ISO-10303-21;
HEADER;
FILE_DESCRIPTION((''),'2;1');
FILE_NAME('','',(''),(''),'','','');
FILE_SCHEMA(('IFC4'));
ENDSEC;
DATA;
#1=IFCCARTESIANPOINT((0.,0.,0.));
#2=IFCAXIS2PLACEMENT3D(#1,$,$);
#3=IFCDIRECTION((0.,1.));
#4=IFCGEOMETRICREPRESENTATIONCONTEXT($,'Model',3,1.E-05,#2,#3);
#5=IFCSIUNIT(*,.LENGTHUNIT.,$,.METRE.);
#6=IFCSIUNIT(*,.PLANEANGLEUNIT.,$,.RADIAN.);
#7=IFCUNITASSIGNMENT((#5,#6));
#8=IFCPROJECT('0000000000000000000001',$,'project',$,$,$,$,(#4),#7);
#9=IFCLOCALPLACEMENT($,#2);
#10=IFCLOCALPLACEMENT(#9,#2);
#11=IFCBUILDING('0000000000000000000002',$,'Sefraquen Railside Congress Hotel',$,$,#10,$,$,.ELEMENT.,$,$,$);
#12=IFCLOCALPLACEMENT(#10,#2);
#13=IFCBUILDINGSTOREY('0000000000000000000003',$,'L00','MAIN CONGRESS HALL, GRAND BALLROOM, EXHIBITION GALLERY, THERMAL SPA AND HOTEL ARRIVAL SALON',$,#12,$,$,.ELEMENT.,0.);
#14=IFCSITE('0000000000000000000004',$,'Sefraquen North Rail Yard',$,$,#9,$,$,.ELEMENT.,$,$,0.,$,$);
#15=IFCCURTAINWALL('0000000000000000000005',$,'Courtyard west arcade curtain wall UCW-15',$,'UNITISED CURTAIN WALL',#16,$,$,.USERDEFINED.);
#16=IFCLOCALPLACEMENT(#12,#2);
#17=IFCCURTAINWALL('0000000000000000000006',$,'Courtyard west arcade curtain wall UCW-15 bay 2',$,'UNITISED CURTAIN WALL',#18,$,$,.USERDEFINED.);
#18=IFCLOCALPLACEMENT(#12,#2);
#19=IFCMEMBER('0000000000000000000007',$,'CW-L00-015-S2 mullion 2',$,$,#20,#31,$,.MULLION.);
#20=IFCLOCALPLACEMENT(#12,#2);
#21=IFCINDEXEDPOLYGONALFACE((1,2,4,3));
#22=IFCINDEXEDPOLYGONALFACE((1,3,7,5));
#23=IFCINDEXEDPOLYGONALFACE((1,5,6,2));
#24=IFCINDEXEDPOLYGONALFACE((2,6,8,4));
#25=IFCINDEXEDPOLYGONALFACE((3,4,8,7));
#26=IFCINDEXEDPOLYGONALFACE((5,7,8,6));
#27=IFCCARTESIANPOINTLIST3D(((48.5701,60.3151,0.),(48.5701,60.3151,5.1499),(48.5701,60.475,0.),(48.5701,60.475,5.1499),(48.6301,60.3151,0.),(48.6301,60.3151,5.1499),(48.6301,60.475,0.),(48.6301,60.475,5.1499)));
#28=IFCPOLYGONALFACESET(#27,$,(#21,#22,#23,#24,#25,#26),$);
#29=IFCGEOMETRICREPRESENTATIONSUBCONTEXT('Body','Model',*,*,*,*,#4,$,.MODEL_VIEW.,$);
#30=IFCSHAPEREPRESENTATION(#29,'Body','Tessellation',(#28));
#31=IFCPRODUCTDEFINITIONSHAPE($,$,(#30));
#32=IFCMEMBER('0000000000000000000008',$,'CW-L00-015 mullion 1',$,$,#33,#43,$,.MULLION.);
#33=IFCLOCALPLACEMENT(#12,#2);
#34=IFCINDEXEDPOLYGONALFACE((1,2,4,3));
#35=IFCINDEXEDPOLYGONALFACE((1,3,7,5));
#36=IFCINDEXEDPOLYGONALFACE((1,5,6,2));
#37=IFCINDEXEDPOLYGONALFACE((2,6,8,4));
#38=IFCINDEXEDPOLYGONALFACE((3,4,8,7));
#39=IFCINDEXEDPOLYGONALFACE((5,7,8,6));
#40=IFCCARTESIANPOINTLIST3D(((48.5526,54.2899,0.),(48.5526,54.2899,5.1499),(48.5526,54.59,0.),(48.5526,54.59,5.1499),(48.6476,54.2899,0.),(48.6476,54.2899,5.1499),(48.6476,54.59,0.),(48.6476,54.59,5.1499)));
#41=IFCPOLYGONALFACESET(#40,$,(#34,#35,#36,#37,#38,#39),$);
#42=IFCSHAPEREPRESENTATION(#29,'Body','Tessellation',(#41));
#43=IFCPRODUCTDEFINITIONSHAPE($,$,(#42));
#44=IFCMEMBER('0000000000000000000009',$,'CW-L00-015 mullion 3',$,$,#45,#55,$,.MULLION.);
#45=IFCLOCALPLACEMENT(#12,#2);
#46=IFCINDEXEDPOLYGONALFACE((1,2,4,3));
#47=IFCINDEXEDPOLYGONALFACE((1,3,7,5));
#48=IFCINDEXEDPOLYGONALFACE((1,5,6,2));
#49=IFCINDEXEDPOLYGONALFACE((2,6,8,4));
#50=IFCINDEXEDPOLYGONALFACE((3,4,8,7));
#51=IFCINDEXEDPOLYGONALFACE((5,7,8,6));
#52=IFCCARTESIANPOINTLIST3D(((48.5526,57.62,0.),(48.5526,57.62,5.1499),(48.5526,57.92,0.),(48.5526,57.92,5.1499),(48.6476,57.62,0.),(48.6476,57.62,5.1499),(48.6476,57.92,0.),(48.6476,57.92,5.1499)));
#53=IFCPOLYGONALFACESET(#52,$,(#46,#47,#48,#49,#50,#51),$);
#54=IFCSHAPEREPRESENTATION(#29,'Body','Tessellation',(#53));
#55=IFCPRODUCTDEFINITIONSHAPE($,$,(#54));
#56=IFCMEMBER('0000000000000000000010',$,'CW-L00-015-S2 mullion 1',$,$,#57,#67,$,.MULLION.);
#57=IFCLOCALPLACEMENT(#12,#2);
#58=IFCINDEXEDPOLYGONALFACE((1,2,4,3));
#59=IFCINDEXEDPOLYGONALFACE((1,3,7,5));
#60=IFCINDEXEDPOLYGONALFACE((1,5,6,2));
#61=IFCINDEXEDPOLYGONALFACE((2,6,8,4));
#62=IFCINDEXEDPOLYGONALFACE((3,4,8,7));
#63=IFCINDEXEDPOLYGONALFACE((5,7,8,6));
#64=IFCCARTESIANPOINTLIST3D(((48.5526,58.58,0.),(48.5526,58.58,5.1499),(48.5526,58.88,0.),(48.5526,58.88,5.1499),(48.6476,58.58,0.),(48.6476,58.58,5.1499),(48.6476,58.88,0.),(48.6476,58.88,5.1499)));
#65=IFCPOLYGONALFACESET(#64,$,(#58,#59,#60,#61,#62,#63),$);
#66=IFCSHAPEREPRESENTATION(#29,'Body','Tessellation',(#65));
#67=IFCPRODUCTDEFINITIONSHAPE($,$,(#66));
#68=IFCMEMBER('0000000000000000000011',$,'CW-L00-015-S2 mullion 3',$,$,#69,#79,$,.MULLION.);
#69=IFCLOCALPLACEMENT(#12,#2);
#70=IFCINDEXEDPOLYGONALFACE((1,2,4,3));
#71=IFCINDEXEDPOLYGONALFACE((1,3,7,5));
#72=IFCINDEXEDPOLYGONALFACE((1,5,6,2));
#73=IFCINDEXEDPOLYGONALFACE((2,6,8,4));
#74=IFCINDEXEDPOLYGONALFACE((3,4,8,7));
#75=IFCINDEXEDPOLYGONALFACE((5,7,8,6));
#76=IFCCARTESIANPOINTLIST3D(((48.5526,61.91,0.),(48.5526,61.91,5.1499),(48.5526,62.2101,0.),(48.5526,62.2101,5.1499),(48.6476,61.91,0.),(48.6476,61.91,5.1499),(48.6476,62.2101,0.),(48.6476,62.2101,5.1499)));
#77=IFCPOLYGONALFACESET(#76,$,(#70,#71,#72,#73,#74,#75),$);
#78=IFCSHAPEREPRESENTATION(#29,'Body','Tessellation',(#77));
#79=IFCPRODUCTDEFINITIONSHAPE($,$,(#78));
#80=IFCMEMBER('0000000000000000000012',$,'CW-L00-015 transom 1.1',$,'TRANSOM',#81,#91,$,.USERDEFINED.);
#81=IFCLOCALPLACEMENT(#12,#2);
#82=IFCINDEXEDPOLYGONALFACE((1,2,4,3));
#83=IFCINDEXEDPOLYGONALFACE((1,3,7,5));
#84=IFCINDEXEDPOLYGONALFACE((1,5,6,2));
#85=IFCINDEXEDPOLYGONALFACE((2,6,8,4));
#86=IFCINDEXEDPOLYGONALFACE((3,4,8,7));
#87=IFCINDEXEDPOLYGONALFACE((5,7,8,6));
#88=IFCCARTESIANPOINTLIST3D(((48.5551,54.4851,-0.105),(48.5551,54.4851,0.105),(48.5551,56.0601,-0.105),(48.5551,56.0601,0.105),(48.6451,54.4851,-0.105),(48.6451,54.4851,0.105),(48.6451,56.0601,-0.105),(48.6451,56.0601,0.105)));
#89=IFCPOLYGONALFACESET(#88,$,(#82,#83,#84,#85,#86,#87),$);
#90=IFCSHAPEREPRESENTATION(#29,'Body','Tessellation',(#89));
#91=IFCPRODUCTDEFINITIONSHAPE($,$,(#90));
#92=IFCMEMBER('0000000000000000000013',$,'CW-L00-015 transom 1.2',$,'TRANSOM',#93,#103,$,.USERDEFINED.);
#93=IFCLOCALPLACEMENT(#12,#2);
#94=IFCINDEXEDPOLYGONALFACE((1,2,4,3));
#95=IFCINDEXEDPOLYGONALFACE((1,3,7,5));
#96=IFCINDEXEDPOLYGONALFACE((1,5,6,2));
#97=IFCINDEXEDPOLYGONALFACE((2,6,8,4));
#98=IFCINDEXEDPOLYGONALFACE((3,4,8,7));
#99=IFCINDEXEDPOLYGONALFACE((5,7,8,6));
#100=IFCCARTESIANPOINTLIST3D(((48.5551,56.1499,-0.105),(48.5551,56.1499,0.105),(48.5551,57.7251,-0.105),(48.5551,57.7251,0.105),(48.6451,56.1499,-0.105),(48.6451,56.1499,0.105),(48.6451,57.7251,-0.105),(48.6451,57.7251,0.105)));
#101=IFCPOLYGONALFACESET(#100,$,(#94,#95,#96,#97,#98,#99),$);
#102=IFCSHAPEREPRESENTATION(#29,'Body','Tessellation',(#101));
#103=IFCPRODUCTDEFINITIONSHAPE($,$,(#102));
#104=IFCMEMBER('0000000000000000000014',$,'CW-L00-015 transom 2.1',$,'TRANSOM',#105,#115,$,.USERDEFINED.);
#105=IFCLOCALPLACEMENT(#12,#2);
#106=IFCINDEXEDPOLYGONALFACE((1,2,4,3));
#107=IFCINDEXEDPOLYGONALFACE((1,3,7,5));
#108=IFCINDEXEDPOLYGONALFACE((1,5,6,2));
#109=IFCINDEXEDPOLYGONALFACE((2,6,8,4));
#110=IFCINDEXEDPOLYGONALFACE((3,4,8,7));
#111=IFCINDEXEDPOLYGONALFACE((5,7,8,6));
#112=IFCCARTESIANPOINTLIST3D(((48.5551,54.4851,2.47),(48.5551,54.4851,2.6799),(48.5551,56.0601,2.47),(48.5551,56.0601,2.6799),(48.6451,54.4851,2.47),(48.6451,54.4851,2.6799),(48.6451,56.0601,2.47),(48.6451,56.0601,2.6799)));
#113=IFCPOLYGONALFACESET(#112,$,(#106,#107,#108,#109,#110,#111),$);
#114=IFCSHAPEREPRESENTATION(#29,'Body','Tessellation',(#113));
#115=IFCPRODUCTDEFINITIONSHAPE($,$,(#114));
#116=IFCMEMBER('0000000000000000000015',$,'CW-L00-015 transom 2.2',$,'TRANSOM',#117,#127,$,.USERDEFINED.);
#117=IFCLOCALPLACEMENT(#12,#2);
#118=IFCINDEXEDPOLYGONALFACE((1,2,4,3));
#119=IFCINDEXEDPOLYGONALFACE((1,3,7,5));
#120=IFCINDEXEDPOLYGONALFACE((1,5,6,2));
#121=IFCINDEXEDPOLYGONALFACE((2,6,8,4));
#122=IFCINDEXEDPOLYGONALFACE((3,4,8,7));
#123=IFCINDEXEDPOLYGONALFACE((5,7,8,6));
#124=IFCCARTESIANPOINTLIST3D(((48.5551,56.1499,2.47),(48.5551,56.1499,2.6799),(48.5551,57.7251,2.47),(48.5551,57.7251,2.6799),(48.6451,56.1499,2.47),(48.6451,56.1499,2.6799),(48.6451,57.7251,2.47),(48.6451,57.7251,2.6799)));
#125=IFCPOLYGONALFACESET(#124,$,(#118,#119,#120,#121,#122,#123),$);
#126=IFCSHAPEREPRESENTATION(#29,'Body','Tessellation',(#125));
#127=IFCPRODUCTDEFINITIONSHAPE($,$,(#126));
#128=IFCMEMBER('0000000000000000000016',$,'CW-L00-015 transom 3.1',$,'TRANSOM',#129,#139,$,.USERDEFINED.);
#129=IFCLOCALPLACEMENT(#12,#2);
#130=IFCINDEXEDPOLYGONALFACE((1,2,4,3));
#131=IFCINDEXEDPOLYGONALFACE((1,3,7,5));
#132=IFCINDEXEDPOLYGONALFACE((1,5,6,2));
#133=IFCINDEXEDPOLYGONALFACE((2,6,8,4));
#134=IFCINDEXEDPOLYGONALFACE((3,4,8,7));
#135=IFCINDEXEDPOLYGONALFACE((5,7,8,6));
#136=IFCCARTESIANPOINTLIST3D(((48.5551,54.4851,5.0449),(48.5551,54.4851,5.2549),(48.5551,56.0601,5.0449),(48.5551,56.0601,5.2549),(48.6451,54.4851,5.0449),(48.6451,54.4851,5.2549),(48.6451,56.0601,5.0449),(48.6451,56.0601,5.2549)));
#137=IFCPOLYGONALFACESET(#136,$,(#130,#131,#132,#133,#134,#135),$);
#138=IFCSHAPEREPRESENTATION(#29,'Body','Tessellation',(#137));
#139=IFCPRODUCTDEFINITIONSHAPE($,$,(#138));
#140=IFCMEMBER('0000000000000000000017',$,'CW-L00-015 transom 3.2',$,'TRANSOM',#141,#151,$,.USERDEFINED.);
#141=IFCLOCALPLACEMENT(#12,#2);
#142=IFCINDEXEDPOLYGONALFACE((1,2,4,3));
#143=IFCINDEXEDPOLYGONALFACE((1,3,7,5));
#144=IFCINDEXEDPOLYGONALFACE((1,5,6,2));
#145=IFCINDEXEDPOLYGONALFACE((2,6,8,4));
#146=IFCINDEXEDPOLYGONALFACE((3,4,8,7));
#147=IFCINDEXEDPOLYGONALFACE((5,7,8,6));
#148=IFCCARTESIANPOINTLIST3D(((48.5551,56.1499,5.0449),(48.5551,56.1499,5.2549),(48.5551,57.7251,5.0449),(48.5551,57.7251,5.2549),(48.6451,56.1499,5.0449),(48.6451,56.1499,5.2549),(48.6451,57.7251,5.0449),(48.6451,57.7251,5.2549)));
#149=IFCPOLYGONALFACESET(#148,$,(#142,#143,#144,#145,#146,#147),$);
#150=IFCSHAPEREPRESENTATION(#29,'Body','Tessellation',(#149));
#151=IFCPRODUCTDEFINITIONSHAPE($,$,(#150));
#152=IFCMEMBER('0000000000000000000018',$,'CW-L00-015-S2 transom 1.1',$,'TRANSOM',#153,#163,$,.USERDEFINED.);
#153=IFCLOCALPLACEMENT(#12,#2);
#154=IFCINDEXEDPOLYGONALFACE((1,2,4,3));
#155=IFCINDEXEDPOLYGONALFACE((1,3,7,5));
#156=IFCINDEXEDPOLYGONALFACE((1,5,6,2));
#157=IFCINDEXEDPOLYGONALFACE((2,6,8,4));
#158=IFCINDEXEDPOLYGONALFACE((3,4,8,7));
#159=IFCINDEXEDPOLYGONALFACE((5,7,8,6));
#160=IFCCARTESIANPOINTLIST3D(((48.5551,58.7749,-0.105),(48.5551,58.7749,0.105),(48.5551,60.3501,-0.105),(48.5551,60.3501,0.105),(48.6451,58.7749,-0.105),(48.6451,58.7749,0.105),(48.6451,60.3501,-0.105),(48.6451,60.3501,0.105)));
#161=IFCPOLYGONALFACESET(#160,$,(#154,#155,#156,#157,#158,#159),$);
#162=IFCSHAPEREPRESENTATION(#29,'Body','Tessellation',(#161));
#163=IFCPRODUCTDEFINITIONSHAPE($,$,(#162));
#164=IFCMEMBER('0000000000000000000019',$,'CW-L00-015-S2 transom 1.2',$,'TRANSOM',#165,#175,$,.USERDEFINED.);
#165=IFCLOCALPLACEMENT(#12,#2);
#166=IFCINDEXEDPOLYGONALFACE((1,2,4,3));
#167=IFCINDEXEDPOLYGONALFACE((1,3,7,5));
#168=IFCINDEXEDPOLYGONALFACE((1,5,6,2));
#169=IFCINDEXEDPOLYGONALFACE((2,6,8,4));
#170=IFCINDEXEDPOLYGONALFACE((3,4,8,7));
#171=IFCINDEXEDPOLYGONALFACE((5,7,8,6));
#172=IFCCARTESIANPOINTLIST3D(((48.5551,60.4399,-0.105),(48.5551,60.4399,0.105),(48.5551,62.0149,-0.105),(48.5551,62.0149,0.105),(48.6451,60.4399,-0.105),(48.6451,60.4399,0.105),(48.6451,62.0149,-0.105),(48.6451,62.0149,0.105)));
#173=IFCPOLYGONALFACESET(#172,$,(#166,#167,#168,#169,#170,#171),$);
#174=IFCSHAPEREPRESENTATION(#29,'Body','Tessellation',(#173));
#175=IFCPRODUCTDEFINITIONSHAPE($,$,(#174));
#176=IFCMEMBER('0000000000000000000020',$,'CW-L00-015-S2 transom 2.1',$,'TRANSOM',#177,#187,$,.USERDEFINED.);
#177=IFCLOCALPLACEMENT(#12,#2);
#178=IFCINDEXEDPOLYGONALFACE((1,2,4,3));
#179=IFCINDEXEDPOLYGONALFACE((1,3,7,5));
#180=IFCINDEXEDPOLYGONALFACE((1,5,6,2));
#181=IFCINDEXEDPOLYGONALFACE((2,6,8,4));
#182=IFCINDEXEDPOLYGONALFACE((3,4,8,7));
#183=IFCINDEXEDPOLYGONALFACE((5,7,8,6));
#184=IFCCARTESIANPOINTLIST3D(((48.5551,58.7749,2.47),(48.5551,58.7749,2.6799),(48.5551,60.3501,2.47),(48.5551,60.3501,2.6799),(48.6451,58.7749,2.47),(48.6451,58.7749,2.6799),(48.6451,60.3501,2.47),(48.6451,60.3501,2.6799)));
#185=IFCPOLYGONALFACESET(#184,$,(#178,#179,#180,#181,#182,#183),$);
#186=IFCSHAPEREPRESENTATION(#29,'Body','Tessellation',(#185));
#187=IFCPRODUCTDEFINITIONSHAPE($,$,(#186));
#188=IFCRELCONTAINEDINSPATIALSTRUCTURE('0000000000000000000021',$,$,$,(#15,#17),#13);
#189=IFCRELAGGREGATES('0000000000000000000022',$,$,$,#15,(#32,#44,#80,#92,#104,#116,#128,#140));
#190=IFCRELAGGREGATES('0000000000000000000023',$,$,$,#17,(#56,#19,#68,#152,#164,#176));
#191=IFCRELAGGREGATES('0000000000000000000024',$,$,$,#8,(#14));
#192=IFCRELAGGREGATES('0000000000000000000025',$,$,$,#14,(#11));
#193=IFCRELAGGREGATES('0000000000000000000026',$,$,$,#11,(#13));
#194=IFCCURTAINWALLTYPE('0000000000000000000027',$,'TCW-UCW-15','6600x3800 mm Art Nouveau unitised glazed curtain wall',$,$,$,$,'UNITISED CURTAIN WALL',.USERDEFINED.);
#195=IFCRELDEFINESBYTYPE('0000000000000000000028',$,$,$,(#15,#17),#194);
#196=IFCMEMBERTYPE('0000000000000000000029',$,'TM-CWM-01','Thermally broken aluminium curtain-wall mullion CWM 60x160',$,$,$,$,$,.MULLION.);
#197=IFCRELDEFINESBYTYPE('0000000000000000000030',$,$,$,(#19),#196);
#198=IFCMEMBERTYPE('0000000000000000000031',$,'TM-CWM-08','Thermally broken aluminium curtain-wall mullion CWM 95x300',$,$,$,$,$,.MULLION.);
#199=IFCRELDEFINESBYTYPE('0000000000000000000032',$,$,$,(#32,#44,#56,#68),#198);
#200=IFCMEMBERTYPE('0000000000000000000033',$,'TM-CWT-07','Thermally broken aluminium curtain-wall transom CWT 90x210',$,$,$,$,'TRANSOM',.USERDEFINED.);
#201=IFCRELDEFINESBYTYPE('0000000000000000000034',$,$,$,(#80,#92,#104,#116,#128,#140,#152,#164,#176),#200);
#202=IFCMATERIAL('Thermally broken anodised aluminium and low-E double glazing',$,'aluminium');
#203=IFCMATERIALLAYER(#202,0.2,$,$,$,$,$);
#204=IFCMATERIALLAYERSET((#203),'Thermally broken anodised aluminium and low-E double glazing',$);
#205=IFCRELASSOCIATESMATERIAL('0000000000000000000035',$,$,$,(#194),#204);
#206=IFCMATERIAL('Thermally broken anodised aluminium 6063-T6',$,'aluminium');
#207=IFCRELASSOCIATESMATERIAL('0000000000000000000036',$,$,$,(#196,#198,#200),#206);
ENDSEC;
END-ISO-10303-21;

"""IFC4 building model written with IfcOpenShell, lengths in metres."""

from ifc_helpers import new_model, si_unit, direction, frame, origin, origin_2d, place, context, subcontext, project, spatial, rectangle, extrude, material, layer, layer_set, material_profile, profile_set, type_object, element, aggregate, save


model = new_model("IFC4")

# Units and contexts
model_context = context("Model", 3, precision=1e-05, world=origin(), true_north=direction((0.0, 1.0)))
body_context = subcontext(model_context, "Body", "Model", "MODEL_VIEW")
ifc_project = project(units=[si_unit("LENGTHUNIT", "METRE"), si_unit("PLANEANGLEUNIT", "RADIAN")], contexts=[model_context])

# Site, building, storey
site_placement = place(None, origin())
site = spatial("IfcSite", under=ifc_project, at=site_placement, Name="Sefraquen North Rail Yard", CompositionType="ELEMENT", RefElevation=0.0)
building_placement = place(site_placement, origin())
building = spatial("IfcBuilding", under=site, at=building_placement, Name="Sefraquen Railside Congress Hotel", CompositionType="ELEMENT")
storey_placement = place(building_placement, origin())
storey = spatial("IfcBuildingStorey", under=building, at=storey_placement, Name="L00", Description="MAIN CONGRESS HALL, GRAND BALLROOM, EXHIBITION GALLERY, THERMAL SPA AND HOTEL ARRIVAL SALON", CompositionType="ELEMENT", Elevation=0.0)

# Curtain walls, member
ifc_material_1 = material(Name="Thermally broken anodised aluminium and low-E double glazing", Category="aluminium")
ifc_layer_1 = layer(ifc_material_1, 0.2)
ifc_layer_set_1 = layer_set([ifc_layer_1], Name="Thermally broken anodised aluminium and low-E double glazing")
curtain_wall_type = type_object("IfcCurtainWallType", Name="TCW-UCW-15", Description="6600x3800 mm Art Nouveau unitised glazed curtain wall", ElementType="UNITISED CURTAIN WALL", PredefinedType="USERDEFINED", material=ifc_layer_set_1)
curtain_wall_1_placement = place(storey_placement, origin())
curtain_wall_1 = element("IfcCurtainWall", 1, at=curtain_wall_1_placement, inside=storey, type_object=curtain_wall_type, Name="Courtyard west arcade curtain wall UCW-15", ObjectType="UNITISED CURTAIN WALL", PredefinedType="USERDEFINED")
ifc_material_2 = material(Name="Thermally broken anodised aluminium 6063-T6", Category="aluminium")
ifc_material_profile_1 = material_profile(ifc_material_2, rectangle(XDim=0.0601, YDim=0.1599, at=origin_2d()), Name="CWM 60x160")
ifc_profile_set_1 = profile_set([ifc_material_profile_1], Name="Thermally broken anodised aluminium 6063-T6")
member_type_1 = type_object("IfcMemberType", Name="TM-CWM-01", Description="Thermally broken aluminium curtain-wall mullion CWM 60x160", PredefinedType="MULLION", material=ifc_profile_set_1)
curtain_wall_2_placement = place(storey_placement, origin())
curtain_wall_2 = element("IfcCurtainWall", 2, at=curtain_wall_2_placement, inside=storey, type_object=curtain_wall_type, Name="Courtyard west arcade curtain wall UCW-15 bay 2", ObjectType="UNITISED CURTAIN WALL", PredefinedType="USERDEFINED")
member_1_placement = place(storey_placement, frame((48.6001, 60.395, 0.0), z_axis=(0.0, 0.0, 1.0), x_axis=(1.0, 0.0, 0.0)))
member_1 = element("IfcMember", 3, at=member_1_placement, type_object=member_type_1, Name="CW-L00-015-S2 mullion 2", PredefinedType="MULLION", context=body_context, shape_type="SweptSolid", body=[
    extrude(rectangle(XDim=0.0601, YDim=0.1599, at=origin_2d()), origin(), (0.0, 0.0, 1.0), 5.1499),
])

# Members
ifc_material_profile_2 = material_profile(ifc_material_2, rectangle(XDim=0.095, YDim=0.3, at=origin_2d()), Name="CWM 95x300")
ifc_profile_set_2 = profile_set([ifc_material_profile_2], Name="Thermally broken anodised aluminium 6063-T6")
member_type_2 = type_object("IfcMemberType", Name="TM-CWM-08", Description="Thermally broken aluminium curtain-wall mullion CWM 95x300", PredefinedType="MULLION", material=ifc_profile_set_2)
member_2_placement = place(storey_placement, frame((48.6001, 54.4399, 0.0), z_axis=(0.0, 0.0, 1.0), x_axis=(1.0, 0.0, 0.0)))
member_2 = element("IfcMember", 4, at=member_2_placement, type_object=member_type_2, Name="CW-L00-015 mullion 1", PredefinedType="MULLION", context=body_context, shape_type="SweptSolid", body=[
    extrude(rectangle(XDim=0.095, YDim=0.3, at=origin_2d()), origin(), (0.0, 0.0, 1.0), 5.1499),
])
member_3_placement = place(storey_placement, frame((48.6001, 57.77, 0.0), z_axis=(0.0, 0.0, 1.0), x_axis=(1.0, 0.0, 0.0)))
member_3 = element("IfcMember", 5, at=member_3_placement, type_object=member_type_2, Name="CW-L00-015 mullion 3", PredefinedType="MULLION", context=body_context, shape_type="SweptSolid", body=[
    extrude(rectangle(XDim=0.095, YDim=0.3, at=origin_2d()), origin(), (0.0, 0.0, 1.0), 5.1499),
])
member_4_placement = place(storey_placement, frame((48.6001, 58.73, 0.0), z_axis=(0.0, 0.0, 1.0), x_axis=(1.0, 0.0, 0.0)))
member_4 = element("IfcMember", 6, at=member_4_placement, type_object=member_type_2, Name="CW-L00-015-S2 mullion 1", PredefinedType="MULLION", context=body_context, shape_type="SweptSolid", body=[
    extrude(rectangle(XDim=0.095, YDim=0.3, at=origin_2d()), origin(), (0.0, 0.0, 1.0), 5.1499),
])
member_5_placement = place(storey_placement, frame((48.6001, 62.0601, 0.0), z_axis=(0.0, 0.0, 1.0), x_axis=(1.0, 0.0, 0.0)))
member_5 = element("IfcMember", 7, at=member_5_placement, type_object=member_type_2, Name="CW-L00-015-S2 mullion 3", PredefinedType="MULLION", context=body_context, shape_type="SweptSolid", body=[
    extrude(rectangle(XDim=0.095, YDim=0.3, at=origin_2d()), origin(), (0.0, 0.0, 1.0), 5.1499),
])
ifc_material_profile_3 = material_profile(ifc_material_2, rectangle(XDim=0.0901, YDim=0.21, at=origin_2d()), Name="CWT 90x210")
ifc_profile_set_3 = profile_set([ifc_material_profile_3], Name="Thermally broken anodised aluminium 6063-T6")
member_type_3 = type_object("IfcMemberType", Name="TM-CWT-07", Description="Thermally broken aluminium curtain-wall transom CWT 90x210", ElementType="TRANSOM", PredefinedType="USERDEFINED", material=ifc_profile_set_3)
member_6_placement = place(storey_placement, frame((48.6001, 54.4851, 0.0), z_axis=(0.0, 1.0, 0.0), x_axis=(-1.0, 0.0, 0.0)))
member_6 = element("IfcMember", 8, at=member_6_placement, type_object=member_type_3, Name="CW-L00-015 transom 1.1", ObjectType="TRANSOM", PredefinedType="USERDEFINED", context=body_context, shape_type="SweptSolid", body=[
    extrude(rectangle(XDim=0.0901, YDim=0.21, at=origin_2d()), origin(), (0.0, 0.0, 1.0), 1.575),
])
member_7_placement = place(storey_placement, frame((48.6001, 56.1499, 0.0), z_axis=(0.0, 1.0, 0.0), x_axis=(-1.0, 0.0, 0.0)))
member_7 = element("IfcMember", 9, at=member_7_placement, type_object=member_type_3, Name="CW-L00-015 transom 1.2", ObjectType="TRANSOM", PredefinedType="USERDEFINED", context=body_context, shape_type="SweptSolid", body=[
    extrude(rectangle(XDim=0.0901, YDim=0.21, at=origin_2d()), origin(), (0.0, 0.0, 1.0), 1.5752),
])
member_8_placement = place(storey_placement, frame((48.6001, 54.4851, 2.575), z_axis=(0.0, 1.0, 0.0), x_axis=(-1.0, 0.0, 0.0)))
member_8 = element("IfcMember", 10, at=member_8_placement, type_object=member_type_3, Name="CW-L00-015 transom 2.1", ObjectType="TRANSOM", PredefinedType="USERDEFINED", context=body_context, shape_type="SweptSolid", body=[
    extrude(rectangle(XDim=0.0901, YDim=0.21, at=origin_2d()), origin(), (0.0, 0.0, 1.0), 1.575),
])
member_9_placement = place(storey_placement, frame((48.6001, 56.1499, 2.575), z_axis=(0.0, 1.0, 0.0), x_axis=(-1.0, 0.0, 0.0)))
member_9 = element("IfcMember", 11, at=member_9_placement, type_object=member_type_3, Name="CW-L00-015 transom 2.2", ObjectType="TRANSOM", PredefinedType="USERDEFINED", context=body_context, shape_type="SweptSolid", body=[
    extrude(rectangle(XDim=0.0901, YDim=0.21, at=origin_2d()), origin(), (0.0, 0.0, 1.0), 1.5752),
])
member_10_placement = place(storey_placement, frame((48.6001, 54.4851, 5.1499), z_axis=(0.0, 1.0, 0.0), x_axis=(-1.0, 0.0, 0.0)))
member_10 = element("IfcMember", 12, at=member_10_placement, type_object=member_type_3, Name="CW-L00-015 transom 3.1", ObjectType="TRANSOM", PredefinedType="USERDEFINED", context=body_context, shape_type="SweptSolid", body=[
    extrude(rectangle(XDim=0.0901, YDim=0.21, at=origin_2d()), origin(), (0.0, 0.0, 1.0), 1.575),
])
member_11_placement = place(storey_placement, frame((48.6001, 56.1499, 5.1499), z_axis=(0.0, 1.0, 0.0), x_axis=(-1.0, 0.0, 0.0)))
member_11 = element("IfcMember", 13, at=member_11_placement, type_object=member_type_3, Name="CW-L00-015 transom 3.2", ObjectType="TRANSOM", PredefinedType="USERDEFINED", context=body_context, shape_type="SweptSolid", body=[
    extrude(rectangle(XDim=0.0901, YDim=0.21, at=origin_2d()), origin(), (0.0, 0.0, 1.0), 1.5752),
])
member_12_placement = place(storey_placement, frame((48.6001, 58.7749, 0.0), z_axis=(0.0, 1.0, 0.0), x_axis=(-1.0, 0.0, 0.0)))
member_12 = element("IfcMember", 14, at=member_12_placement, type_object=member_type_3, Name="CW-L00-015-S2 transom 1.1", ObjectType="TRANSOM", PredefinedType="USERDEFINED", context=body_context, shape_type="SweptSolid", body=[
    extrude(rectangle(XDim=0.0901, YDim=0.21, at=origin_2d()), origin(), (0.0, 0.0, 1.0), 1.5752),
])
member_13_placement = place(storey_placement, frame((48.6001, 60.4399, 0.0), z_axis=(0.0, 1.0, 0.0), x_axis=(-1.0, 0.0, 0.0)))
member_13 = element("IfcMember", 15, at=member_13_placement, type_object=member_type_3, Name="CW-L00-015-S2 transom 1.2", ObjectType="TRANSOM", PredefinedType="USERDEFINED", context=body_context, shape_type="SweptSolid", body=[
    extrude(rectangle(XDim=0.0901, YDim=0.21, at=origin_2d()), origin(), (0.0, 0.0, 1.0), 1.575),
])
member_14_placement = place(storey_placement, frame((48.6001, 58.7749, 2.575), z_axis=(0.0, 1.0, 0.0), x_axis=(-1.0, 0.0, 0.0)))
member_14 = element("IfcMember", 16, at=member_14_placement, type_object=member_type_3, Name="CW-L00-015-S2 transom 2.1", ObjectType="TRANSOM", PredefinedType="USERDEFINED", context=body_context, shape_type="SweptSolid", body=[
    extrude(rectangle(XDim=0.0901, YDim=0.21, at=origin_2d()), origin(), (0.0, 0.0, 1.0), 1.5752),
])

aggregate(curtain_wall_1, [member_2, member_3, member_6, member_7, member_8, member_9, member_10, member_11])
aggregate(curtain_wall_2, [member_4, member_1, member_5, member_12, member_13, member_14])

save(model, "model.ifc")
